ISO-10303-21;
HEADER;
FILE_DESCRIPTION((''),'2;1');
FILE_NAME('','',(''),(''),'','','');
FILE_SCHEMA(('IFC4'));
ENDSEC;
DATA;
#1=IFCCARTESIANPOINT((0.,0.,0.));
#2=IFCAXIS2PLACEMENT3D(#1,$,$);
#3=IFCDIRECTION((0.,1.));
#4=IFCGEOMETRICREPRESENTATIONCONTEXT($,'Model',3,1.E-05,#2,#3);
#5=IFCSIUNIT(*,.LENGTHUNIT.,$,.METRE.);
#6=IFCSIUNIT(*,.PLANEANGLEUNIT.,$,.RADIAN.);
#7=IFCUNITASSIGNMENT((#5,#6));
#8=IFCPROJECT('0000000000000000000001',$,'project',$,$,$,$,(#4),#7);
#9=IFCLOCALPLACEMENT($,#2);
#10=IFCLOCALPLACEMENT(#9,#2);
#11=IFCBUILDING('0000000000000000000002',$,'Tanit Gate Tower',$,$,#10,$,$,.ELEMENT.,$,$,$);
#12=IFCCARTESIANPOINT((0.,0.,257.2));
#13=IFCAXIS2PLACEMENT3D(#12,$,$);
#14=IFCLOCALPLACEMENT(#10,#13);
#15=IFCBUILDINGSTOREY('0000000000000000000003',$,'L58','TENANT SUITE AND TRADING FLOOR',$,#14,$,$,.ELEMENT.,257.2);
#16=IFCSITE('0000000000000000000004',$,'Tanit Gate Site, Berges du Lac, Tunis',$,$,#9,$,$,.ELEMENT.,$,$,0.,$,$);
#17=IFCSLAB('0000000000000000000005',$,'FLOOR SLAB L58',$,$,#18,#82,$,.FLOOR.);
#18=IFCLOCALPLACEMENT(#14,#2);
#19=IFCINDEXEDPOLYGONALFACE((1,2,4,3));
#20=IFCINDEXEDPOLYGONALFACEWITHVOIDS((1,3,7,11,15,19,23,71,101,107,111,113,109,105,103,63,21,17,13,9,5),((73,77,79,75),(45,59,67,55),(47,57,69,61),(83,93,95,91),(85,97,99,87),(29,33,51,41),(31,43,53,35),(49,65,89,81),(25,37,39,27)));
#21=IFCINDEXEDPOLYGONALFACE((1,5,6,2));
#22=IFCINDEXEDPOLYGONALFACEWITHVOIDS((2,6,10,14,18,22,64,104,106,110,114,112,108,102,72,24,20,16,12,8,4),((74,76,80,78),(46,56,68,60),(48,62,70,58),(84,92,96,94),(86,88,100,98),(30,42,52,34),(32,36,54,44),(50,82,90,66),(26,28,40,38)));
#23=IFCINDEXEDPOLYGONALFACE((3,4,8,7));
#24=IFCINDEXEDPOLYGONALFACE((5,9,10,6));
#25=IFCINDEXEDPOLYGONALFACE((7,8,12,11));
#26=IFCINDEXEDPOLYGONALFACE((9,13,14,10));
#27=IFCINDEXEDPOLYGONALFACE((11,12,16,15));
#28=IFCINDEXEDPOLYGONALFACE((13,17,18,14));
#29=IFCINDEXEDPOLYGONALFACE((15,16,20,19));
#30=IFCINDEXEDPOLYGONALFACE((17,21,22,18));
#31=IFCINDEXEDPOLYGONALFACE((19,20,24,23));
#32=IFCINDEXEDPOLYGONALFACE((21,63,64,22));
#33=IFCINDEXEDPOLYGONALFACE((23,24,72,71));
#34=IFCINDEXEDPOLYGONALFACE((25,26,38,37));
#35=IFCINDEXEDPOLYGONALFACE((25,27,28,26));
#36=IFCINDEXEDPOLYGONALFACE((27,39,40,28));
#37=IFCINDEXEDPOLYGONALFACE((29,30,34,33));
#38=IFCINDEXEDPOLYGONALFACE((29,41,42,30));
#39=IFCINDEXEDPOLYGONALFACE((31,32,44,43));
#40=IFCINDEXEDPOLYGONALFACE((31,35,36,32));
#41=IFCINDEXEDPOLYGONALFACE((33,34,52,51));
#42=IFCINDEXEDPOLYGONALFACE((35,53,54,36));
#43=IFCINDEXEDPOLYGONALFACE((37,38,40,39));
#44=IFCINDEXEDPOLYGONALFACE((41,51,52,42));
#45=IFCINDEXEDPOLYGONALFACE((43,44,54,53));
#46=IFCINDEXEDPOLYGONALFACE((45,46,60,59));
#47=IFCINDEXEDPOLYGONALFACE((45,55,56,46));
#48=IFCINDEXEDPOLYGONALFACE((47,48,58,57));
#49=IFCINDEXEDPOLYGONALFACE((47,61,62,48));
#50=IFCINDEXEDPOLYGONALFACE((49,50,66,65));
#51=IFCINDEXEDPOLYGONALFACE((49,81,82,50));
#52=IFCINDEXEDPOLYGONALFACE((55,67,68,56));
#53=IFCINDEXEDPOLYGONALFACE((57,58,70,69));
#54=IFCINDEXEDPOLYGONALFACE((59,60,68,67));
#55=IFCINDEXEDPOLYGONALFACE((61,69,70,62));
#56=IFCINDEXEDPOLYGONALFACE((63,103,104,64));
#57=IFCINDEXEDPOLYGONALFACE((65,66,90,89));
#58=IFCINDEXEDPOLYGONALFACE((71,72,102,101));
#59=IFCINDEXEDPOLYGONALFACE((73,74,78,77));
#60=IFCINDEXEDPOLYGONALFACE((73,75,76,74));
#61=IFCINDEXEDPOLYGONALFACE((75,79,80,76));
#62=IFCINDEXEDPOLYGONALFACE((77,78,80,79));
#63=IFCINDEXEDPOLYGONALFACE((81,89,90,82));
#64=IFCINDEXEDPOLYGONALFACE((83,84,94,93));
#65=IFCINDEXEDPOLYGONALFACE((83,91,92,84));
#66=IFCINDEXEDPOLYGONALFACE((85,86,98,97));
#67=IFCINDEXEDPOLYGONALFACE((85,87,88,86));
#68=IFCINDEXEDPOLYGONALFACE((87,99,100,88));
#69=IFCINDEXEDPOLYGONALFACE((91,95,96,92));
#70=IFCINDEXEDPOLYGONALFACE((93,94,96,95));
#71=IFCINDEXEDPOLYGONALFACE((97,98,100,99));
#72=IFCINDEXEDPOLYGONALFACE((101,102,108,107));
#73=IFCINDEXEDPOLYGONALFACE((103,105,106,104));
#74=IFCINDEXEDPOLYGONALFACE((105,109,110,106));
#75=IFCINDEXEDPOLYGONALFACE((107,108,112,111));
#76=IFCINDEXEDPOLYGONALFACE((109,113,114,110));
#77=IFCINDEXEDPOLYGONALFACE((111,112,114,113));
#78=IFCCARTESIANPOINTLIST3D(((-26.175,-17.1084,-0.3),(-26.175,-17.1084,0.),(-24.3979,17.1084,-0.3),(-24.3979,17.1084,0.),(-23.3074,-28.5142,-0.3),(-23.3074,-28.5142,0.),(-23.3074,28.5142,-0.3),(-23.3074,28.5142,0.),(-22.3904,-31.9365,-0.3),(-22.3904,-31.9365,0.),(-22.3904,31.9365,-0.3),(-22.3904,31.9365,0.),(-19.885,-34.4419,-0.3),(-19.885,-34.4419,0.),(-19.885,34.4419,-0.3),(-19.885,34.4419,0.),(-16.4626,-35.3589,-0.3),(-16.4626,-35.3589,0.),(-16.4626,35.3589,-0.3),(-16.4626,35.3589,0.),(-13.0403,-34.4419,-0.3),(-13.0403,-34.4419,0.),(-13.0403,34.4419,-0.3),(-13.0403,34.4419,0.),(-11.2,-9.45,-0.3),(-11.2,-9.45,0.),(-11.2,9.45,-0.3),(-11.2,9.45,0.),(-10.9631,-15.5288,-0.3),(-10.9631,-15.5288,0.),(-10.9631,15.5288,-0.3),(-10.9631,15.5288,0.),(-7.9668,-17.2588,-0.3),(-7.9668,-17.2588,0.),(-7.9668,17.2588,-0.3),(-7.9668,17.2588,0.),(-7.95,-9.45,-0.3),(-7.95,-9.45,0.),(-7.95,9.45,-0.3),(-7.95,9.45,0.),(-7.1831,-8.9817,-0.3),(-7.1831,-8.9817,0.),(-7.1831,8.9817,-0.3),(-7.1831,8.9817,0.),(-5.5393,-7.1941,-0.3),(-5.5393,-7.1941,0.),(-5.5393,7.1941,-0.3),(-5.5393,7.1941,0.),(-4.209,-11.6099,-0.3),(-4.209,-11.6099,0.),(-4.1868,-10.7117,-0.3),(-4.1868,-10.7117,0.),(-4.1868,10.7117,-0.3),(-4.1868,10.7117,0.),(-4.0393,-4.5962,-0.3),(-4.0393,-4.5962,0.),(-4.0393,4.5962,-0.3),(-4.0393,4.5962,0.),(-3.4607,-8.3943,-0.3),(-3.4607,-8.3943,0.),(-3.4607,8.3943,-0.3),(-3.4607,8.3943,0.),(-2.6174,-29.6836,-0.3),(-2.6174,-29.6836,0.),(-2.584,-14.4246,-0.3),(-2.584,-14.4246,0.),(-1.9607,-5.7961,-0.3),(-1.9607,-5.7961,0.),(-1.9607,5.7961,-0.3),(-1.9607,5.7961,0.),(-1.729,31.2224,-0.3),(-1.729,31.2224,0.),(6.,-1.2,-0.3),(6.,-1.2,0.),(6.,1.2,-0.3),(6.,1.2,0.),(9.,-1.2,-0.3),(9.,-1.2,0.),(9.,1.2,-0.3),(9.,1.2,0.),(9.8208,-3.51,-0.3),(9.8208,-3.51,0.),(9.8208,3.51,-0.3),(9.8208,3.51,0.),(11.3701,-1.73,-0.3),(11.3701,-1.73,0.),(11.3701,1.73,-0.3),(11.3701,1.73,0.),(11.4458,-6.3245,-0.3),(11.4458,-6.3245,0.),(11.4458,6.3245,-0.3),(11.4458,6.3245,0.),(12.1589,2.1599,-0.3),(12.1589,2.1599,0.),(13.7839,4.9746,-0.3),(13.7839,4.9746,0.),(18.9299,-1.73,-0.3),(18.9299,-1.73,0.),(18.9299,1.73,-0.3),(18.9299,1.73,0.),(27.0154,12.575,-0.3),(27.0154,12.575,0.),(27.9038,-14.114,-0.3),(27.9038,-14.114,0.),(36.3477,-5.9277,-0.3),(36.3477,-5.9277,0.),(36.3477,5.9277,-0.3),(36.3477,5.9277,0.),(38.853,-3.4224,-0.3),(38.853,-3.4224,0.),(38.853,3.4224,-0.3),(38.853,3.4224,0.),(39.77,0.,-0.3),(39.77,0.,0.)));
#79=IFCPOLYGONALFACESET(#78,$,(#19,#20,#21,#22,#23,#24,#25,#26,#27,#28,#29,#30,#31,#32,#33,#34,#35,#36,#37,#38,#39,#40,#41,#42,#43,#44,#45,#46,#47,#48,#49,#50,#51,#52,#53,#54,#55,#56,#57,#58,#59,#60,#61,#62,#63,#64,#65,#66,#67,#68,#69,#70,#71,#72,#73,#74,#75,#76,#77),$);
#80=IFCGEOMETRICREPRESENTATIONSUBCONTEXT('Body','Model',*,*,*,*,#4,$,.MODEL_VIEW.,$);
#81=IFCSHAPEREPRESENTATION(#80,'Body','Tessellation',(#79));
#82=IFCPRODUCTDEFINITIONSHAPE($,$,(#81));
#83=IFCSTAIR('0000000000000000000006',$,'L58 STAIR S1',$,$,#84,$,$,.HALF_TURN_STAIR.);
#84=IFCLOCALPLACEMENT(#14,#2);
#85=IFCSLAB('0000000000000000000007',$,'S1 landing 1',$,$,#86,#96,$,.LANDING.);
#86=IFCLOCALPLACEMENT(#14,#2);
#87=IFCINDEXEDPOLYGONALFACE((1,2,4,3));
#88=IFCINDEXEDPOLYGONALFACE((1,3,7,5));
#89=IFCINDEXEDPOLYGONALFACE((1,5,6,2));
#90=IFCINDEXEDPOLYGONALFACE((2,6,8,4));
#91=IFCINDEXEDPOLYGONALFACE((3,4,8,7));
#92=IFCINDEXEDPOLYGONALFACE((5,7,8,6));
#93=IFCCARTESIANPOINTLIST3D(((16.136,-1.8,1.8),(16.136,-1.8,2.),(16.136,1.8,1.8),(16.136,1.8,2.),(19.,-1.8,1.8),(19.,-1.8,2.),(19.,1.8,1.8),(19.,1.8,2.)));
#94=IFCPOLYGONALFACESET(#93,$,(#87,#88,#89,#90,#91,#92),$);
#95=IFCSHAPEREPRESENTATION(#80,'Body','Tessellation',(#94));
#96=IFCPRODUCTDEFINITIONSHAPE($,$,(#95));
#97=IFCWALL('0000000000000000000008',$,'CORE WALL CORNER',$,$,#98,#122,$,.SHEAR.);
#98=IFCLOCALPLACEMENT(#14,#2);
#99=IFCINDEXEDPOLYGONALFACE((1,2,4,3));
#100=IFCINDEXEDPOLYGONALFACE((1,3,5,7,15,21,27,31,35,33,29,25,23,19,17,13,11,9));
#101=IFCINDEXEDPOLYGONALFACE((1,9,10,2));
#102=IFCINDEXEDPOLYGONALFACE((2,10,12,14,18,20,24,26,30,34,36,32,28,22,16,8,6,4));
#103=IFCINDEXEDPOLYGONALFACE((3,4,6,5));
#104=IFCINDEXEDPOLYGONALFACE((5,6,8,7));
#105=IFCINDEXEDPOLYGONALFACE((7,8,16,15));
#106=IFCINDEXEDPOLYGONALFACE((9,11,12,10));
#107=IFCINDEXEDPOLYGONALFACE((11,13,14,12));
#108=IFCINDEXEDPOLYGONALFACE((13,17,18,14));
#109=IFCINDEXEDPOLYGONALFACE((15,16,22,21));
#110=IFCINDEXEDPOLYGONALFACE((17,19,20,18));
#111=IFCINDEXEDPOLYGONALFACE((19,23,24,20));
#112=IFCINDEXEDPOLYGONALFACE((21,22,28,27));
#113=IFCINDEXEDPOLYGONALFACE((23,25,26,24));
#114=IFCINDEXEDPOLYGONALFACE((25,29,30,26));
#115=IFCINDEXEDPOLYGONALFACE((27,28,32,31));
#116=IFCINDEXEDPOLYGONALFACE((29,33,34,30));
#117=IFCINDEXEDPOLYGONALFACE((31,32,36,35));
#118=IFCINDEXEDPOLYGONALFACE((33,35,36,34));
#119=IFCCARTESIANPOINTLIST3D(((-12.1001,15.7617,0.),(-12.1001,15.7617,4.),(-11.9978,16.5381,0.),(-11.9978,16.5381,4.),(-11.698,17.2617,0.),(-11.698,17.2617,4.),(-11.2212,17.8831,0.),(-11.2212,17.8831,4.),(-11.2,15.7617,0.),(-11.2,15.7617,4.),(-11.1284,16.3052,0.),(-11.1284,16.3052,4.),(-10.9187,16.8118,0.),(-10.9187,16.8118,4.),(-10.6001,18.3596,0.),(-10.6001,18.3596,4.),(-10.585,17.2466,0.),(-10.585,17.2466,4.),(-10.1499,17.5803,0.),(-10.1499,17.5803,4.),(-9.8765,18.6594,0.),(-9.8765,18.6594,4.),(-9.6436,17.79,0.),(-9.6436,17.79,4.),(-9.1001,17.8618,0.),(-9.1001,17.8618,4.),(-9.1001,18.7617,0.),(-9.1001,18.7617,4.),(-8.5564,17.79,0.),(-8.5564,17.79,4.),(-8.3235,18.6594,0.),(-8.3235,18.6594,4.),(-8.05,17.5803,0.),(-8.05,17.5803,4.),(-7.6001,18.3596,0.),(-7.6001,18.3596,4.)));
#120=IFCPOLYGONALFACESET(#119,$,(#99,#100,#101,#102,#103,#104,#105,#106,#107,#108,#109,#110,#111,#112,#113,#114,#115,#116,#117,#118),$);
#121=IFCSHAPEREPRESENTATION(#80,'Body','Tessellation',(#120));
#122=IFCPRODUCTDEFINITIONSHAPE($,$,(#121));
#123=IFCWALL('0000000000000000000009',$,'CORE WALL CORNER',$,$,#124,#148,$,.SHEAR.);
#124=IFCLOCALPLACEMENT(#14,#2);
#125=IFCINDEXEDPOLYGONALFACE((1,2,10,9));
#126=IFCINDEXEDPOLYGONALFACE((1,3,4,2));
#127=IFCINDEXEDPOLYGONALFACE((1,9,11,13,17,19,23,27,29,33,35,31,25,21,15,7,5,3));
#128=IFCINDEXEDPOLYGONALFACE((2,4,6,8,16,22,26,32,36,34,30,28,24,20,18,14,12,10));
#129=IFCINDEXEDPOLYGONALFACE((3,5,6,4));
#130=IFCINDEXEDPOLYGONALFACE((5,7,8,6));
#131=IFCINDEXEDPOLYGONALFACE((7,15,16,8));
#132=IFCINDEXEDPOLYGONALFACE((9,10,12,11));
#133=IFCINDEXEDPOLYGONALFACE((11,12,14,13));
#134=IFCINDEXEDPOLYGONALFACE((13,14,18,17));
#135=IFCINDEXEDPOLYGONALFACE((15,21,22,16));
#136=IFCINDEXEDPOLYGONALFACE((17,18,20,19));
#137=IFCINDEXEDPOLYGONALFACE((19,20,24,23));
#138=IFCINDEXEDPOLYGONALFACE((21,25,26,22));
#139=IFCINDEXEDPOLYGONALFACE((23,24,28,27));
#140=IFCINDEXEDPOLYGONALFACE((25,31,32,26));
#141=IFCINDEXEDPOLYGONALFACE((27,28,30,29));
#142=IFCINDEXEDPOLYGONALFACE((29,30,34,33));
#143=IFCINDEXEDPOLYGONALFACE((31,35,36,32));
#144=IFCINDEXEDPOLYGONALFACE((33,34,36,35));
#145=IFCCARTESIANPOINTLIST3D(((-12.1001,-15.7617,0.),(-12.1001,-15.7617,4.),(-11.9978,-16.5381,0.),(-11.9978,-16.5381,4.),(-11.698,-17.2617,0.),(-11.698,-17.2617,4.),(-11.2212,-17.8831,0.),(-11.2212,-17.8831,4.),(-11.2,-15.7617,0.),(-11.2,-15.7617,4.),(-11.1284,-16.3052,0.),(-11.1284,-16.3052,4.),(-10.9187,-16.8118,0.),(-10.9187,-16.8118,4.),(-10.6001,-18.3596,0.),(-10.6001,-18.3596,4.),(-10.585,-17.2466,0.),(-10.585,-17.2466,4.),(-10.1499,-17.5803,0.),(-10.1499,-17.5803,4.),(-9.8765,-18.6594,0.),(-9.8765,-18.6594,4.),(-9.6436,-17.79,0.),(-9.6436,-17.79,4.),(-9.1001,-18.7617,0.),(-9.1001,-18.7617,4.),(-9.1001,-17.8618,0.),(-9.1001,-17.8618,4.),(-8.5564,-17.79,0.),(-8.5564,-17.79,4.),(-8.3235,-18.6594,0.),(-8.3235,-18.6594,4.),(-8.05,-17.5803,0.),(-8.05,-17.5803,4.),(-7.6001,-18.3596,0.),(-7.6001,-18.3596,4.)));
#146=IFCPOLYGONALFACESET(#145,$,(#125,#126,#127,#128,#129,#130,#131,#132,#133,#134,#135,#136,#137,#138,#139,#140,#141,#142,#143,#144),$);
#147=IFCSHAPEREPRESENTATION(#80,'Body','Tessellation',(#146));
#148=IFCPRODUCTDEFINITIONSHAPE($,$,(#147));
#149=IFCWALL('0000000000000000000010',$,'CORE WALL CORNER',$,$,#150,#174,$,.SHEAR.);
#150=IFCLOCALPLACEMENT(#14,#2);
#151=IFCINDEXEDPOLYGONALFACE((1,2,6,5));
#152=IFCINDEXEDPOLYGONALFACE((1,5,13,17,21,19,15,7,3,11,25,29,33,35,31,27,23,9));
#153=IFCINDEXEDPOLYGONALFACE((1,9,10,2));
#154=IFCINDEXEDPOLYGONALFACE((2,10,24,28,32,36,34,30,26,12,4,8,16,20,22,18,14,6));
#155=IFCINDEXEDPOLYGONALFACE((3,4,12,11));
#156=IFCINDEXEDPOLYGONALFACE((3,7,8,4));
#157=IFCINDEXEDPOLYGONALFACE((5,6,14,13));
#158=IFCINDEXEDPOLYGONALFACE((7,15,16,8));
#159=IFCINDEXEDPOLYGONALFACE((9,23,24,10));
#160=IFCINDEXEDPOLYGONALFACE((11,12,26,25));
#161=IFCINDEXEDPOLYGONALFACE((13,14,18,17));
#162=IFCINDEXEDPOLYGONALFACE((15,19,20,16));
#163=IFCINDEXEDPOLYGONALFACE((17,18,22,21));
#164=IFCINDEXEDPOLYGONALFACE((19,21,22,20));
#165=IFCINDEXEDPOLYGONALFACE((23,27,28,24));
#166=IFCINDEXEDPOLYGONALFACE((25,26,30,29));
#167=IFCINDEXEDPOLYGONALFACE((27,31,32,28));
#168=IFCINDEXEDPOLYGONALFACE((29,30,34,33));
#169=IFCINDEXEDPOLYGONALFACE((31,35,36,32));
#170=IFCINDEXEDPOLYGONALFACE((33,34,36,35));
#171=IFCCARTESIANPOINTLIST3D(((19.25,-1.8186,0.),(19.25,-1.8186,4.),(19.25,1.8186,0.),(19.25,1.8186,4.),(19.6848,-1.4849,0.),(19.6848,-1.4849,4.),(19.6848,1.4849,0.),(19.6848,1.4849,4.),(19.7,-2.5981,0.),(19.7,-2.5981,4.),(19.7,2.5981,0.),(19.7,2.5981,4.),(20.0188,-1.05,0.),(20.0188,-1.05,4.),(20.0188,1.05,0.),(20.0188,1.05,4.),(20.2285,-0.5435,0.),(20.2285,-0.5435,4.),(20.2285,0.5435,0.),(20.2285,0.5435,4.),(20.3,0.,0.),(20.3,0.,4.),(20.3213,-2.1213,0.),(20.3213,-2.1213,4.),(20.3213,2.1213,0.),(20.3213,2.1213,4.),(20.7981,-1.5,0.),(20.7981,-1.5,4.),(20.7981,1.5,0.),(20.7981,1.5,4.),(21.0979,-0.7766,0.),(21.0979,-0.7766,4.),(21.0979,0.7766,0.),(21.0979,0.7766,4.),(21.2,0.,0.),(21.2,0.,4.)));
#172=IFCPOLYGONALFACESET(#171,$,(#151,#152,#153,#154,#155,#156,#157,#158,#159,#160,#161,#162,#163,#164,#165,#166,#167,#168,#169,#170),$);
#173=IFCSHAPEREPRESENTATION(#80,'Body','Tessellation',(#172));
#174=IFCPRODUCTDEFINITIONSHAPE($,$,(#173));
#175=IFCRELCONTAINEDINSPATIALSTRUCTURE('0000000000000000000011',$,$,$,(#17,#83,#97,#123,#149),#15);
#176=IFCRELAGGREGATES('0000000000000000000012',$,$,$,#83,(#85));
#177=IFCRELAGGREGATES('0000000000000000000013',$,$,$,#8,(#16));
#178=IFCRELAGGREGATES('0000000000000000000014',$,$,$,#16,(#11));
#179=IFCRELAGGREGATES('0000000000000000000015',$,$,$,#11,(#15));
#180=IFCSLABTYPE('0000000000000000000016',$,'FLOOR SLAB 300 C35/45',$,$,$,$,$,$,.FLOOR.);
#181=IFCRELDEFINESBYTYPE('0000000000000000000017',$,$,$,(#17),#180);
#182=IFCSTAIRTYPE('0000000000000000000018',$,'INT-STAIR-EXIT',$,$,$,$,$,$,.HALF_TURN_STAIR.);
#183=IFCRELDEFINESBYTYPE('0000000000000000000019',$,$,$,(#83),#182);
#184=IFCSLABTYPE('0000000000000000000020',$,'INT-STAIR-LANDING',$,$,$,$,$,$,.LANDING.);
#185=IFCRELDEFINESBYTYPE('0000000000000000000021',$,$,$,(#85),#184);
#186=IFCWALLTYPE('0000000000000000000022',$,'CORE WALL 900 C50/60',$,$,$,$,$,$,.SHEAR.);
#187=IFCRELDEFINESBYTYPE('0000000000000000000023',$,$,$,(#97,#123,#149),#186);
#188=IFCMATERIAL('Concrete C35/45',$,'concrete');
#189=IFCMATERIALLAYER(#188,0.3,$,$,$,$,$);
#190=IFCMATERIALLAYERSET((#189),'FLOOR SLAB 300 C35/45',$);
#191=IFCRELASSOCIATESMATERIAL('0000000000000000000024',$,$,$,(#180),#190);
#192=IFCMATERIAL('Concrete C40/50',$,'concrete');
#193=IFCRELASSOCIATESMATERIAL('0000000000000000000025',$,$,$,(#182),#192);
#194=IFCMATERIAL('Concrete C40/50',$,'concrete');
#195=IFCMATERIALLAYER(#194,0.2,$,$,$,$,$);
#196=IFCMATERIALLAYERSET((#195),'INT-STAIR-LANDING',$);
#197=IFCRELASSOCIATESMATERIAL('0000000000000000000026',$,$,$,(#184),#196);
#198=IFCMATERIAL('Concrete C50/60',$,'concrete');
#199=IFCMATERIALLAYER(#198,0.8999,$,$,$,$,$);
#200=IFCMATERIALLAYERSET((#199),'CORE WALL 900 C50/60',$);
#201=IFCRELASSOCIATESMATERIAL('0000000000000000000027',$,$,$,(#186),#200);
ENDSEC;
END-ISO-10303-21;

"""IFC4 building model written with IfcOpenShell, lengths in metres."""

from ifc_helpers import new_model, si_unit, direction, frame, origin, place, context, subcontext, project, spatial, polyline, outline, extrude, material, layer, layer_set, type_object, element, aggregate, save


model = new_model("IFC4")

# Units and contexts
model_context = context("Model", 3, precision=1e-05, world=origin(), true_north=direction((0.0, 1.0)))
body_context = subcontext(model_context, "Body", "Model", "MODEL_VIEW")
ifc_project = project(units=[si_unit("LENGTHUNIT", "METRE"), si_unit("PLANEANGLEUNIT", "RADIAN")], contexts=[model_context])

# Site, building, storey
site_placement = place(None, origin())
site = spatial("IfcSite", under=ifc_project, at=site_placement, Name="Tanit Gate Site, Berges du Lac, Tunis", CompositionType="ELEMENT", RefElevation=0.0)
building_placement = place(site_placement, origin())
building = spatial("IfcBuilding", under=site, at=building_placement, Name="Tanit Gate Tower", CompositionType="ELEMENT")
storey_placement = place(building_placement, frame((0.0, 0.0, 257.2)))
storey = spatial("IfcBuildingStorey", under=building, at=storey_placement, Name="L58", Description="TENANT SUITE AND TRADING FLOOR", CompositionType="ELEMENT", Elevation=257.2)

# Slab
ifc_material_1 = material(Name="Concrete C35/45", Category="concrete")
ifc_layer_1 = layer(ifc_material_1, 0.3)
ifc_layer_set_1 = layer_set([ifc_layer_1], Name="FLOOR SLAB 300 C35/45")
slab_type_1 = type_object("IfcSlabType", Name="FLOOR SLAB 300 C35/45", PredefinedType="FLOOR", material=ifc_layer_set_1)
slab_1_placement = place(storey_placement, frame((0.0, 0.0, -0.3)))
element("IfcSlab", 1, at=slab_1_placement, inside=storey, type_object=slab_type_1, Name="FLOOR SLAB L58", PredefinedType="FLOOR", context=body_context, shape_type="SweptSolid", body=[
    extrude(outline(polyline([(36.3477, 5.9277), (38.853, 3.4224), (39.77, 0.0), (38.853, -3.4224), (36.3477, -5.9277), (27.9038, -14.114), (-2.6174, -29.6836), (-13.0403, -34.4419), (-16.4626, -35.3589), (-19.885, -34.4419), (-22.3904, -31.9365), (-23.3074, -28.5142), (-26.175, -17.1084), (-24.3979, 17.1084), (-23.3074, 28.5142), (-22.3904, 31.9365), (-19.885, 34.4419), (-16.4626, 35.3589), (-13.0403, 34.4419), (-1.729, 31.2224), (27.0154, 12.575), (36.3477, 5.9277)]), holes=[polyline([(11.3701, 1.73), (18.9299, 1.73), (18.9299, -1.73), (11.3701, -1.73), (11.3701, 1.73)]), polyline([(9.8208, 3.51), (11.4458, 6.3245), (13.7839, 4.9746), (12.1589, 2.1599), (9.8208, 3.51)]), polyline([(-4.209, -11.6099), (9.8208, -3.51), (11.4458, -6.3245), (-2.584, -14.4246), (-4.209, -11.6099)]), polyline([(6.0, 1.2), (9.0, 1.2), (9.0, -1.2), (6.0, -1.2), (6.0, 1.2)]), polyline([(-5.5393, 7.1941), (-3.4607, 8.3943), (-1.9607, 5.7961), (-4.0393, 4.5962), (-5.5393, 7.1941)]), polyline([(-1.9607, -5.7961), (-3.4607, -8.3943), (-5.5393, -7.1941), (-4.0393, -4.5962), (-1.9607, -5.7961)]), polyline([(-10.9631, 15.5288), (-7.9668, 17.2588), (-4.1868, 10.7117), (-7.1831, 8.9817), (-10.9631, 15.5288)]), polyline([(-4.1868, -10.7117), (-7.9668, -17.2588), (-10.9631, -15.5288), (-7.1831, -8.9817), (-4.1868, -10.7117)]), polyline([(-11.2, -9.45), (-11.2, 9.45), (-7.95, 9.45), (-7.95, -9.45), (-11.2, -9.45)])]), origin(), (0.0, 0.0, 1.0), 0.3),
])

# Stair, slab
ifc_material_2 = material(Name="Concrete C40/50", Category="concrete")
stair_type = type_object("IfcStairType", Name="INT-STAIR-EXIT", PredefinedType="HALF_TURN_STAIR", material=ifc_material_2)
stair_placement = place(storey_placement, origin())
stair = element("IfcStair", 2, at=stair_placement, inside=storey, type_object=stair_type, Name="L58 STAIR S1", PredefinedType="HALF_TURN_STAIR")
ifc_material_3 = material(Name="Concrete C40/50", Category="concrete")
ifc_layer_2 = layer(ifc_material_3, 0.2)
ifc_layer_set_2 = layer_set([ifc_layer_2], Name="INT-STAIR-LANDING")
slab_type_2 = type_object("IfcSlabType", Name="INT-STAIR-LANDING", PredefinedType="LANDING", material=ifc_layer_set_2)
slab_2_placement = place(storey_placement, frame((0.0, 0.0, 1.8)))
slab_2 = element("IfcSlab", 3, at=slab_2_placement, type_object=slab_type_2, Name="S1 landing 1", PredefinedType="LANDING", context=body_context, shape_type="SweptSolid", body=[
    extrude(outline(polyline([(16.136, -1.8), (19.0, -1.8), (19.0, 1.8), (16.136, 1.8), (16.136, -1.8)])), origin(), (0.0, 0.0, 1.0), 0.2),
])
aggregate(stair, [slab_2])

# Walls
ifc_material_4 = material(Name="Concrete C50/60", Category="concrete")
ifc_layer_3 = layer(ifc_material_4, 0.8999)
ifc_layer_set_3 = layer_set([ifc_layer_3], Name="CORE WALL 900 C50/60")
wall_type_1 = type_object("IfcWallType", Name="CORE WALL 900 C50/60", PredefinedType="SHEAR", material=ifc_layer_set_3)
wall_1_placement = place(storey_placement, origin())
element("IfcWall", 4, at=wall_1_placement, inside=storey, type_object=wall_type_1, Name="CORE WALL CORNER", PredefinedType="SHEAR", context=body_context, shape_type="SweptSolid", body=[
    extrude(outline(polyline([(-7.6001, 18.3596), (-8.3235, 18.6594), (-9.1001, 18.7617), (-9.8765, 18.6594), (-10.6001, 18.3596), (-11.2212, 17.8831), (-11.698, 17.2617), (-11.9978, 16.5381), (-12.1001, 15.7617), (-11.2, 15.7617), (-11.1284, 16.3052), (-10.9187, 16.8118), (-10.585, 17.2466), (-10.1499, 17.5803), (-9.6436, 17.79), (-9.1001, 17.8618), (-8.5564, 17.79), (-8.05, 17.5803), (-7.6001, 18.3596)])), origin(), (0.0, 0.0, 1.0), 4.0),
])
wall_2_placement = place(storey_placement, origin())
element("IfcWall", 5, at=wall_2_placement, inside=storey, type_object=wall_type_1, Name="CORE WALL CORNER", PredefinedType="SHEAR", context=body_context, shape_type="SweptSolid", body=[
    extrude(outline(polyline([(-12.1001, -15.7617), (-11.9978, -16.5381), (-11.698, -17.2617), (-11.2212, -17.8831), (-10.6001, -18.3596), (-9.8765, -18.6594), (-9.1001, -18.7617), (-8.3235, -18.6594), (-7.6001, -18.3596), (-8.05, -17.5803), (-8.5564, -17.79), (-9.1001, -17.8618), (-9.6436, -17.79), (-10.1499, -17.5803), (-10.585, -17.2466), (-10.9187, -16.8118), (-11.1284, -16.3052), (-11.2, -15.7617), (-12.1001, -15.7617)])), origin(), (0.0, 0.0, 1.0), 4.0),
])
wall_3_placement = place(storey_placement, origin())
element("IfcWall", 6, at=wall_3_placement, inside=storey, type_object=wall_type_1, Name="CORE WALL CORNER", PredefinedType="SHEAR", context=body_context, shape_type="SweptSolid", body=[
    extrude(outline(polyline([(19.7, -2.5981), (20.3213, -2.1213), (20.7981, -1.5), (21.0979, -0.7766), (21.2, 0.0), (21.0979, 0.7766), (20.7981, 1.5), (20.3213, 2.1213), (19.7, 2.5981), (19.25, 1.8186), (19.6848, 1.4849), (20.0188, 1.05), (20.2285, 0.5435), (20.3, 0.0), (20.2285, -0.5435), (20.0188, -1.05), (19.6848, -1.4849), (19.25, -1.8186), (19.7, -2.5981)])), origin(), (0.0, 0.0, 1.0), 4.0),
])

save(model, "model.ifc")
